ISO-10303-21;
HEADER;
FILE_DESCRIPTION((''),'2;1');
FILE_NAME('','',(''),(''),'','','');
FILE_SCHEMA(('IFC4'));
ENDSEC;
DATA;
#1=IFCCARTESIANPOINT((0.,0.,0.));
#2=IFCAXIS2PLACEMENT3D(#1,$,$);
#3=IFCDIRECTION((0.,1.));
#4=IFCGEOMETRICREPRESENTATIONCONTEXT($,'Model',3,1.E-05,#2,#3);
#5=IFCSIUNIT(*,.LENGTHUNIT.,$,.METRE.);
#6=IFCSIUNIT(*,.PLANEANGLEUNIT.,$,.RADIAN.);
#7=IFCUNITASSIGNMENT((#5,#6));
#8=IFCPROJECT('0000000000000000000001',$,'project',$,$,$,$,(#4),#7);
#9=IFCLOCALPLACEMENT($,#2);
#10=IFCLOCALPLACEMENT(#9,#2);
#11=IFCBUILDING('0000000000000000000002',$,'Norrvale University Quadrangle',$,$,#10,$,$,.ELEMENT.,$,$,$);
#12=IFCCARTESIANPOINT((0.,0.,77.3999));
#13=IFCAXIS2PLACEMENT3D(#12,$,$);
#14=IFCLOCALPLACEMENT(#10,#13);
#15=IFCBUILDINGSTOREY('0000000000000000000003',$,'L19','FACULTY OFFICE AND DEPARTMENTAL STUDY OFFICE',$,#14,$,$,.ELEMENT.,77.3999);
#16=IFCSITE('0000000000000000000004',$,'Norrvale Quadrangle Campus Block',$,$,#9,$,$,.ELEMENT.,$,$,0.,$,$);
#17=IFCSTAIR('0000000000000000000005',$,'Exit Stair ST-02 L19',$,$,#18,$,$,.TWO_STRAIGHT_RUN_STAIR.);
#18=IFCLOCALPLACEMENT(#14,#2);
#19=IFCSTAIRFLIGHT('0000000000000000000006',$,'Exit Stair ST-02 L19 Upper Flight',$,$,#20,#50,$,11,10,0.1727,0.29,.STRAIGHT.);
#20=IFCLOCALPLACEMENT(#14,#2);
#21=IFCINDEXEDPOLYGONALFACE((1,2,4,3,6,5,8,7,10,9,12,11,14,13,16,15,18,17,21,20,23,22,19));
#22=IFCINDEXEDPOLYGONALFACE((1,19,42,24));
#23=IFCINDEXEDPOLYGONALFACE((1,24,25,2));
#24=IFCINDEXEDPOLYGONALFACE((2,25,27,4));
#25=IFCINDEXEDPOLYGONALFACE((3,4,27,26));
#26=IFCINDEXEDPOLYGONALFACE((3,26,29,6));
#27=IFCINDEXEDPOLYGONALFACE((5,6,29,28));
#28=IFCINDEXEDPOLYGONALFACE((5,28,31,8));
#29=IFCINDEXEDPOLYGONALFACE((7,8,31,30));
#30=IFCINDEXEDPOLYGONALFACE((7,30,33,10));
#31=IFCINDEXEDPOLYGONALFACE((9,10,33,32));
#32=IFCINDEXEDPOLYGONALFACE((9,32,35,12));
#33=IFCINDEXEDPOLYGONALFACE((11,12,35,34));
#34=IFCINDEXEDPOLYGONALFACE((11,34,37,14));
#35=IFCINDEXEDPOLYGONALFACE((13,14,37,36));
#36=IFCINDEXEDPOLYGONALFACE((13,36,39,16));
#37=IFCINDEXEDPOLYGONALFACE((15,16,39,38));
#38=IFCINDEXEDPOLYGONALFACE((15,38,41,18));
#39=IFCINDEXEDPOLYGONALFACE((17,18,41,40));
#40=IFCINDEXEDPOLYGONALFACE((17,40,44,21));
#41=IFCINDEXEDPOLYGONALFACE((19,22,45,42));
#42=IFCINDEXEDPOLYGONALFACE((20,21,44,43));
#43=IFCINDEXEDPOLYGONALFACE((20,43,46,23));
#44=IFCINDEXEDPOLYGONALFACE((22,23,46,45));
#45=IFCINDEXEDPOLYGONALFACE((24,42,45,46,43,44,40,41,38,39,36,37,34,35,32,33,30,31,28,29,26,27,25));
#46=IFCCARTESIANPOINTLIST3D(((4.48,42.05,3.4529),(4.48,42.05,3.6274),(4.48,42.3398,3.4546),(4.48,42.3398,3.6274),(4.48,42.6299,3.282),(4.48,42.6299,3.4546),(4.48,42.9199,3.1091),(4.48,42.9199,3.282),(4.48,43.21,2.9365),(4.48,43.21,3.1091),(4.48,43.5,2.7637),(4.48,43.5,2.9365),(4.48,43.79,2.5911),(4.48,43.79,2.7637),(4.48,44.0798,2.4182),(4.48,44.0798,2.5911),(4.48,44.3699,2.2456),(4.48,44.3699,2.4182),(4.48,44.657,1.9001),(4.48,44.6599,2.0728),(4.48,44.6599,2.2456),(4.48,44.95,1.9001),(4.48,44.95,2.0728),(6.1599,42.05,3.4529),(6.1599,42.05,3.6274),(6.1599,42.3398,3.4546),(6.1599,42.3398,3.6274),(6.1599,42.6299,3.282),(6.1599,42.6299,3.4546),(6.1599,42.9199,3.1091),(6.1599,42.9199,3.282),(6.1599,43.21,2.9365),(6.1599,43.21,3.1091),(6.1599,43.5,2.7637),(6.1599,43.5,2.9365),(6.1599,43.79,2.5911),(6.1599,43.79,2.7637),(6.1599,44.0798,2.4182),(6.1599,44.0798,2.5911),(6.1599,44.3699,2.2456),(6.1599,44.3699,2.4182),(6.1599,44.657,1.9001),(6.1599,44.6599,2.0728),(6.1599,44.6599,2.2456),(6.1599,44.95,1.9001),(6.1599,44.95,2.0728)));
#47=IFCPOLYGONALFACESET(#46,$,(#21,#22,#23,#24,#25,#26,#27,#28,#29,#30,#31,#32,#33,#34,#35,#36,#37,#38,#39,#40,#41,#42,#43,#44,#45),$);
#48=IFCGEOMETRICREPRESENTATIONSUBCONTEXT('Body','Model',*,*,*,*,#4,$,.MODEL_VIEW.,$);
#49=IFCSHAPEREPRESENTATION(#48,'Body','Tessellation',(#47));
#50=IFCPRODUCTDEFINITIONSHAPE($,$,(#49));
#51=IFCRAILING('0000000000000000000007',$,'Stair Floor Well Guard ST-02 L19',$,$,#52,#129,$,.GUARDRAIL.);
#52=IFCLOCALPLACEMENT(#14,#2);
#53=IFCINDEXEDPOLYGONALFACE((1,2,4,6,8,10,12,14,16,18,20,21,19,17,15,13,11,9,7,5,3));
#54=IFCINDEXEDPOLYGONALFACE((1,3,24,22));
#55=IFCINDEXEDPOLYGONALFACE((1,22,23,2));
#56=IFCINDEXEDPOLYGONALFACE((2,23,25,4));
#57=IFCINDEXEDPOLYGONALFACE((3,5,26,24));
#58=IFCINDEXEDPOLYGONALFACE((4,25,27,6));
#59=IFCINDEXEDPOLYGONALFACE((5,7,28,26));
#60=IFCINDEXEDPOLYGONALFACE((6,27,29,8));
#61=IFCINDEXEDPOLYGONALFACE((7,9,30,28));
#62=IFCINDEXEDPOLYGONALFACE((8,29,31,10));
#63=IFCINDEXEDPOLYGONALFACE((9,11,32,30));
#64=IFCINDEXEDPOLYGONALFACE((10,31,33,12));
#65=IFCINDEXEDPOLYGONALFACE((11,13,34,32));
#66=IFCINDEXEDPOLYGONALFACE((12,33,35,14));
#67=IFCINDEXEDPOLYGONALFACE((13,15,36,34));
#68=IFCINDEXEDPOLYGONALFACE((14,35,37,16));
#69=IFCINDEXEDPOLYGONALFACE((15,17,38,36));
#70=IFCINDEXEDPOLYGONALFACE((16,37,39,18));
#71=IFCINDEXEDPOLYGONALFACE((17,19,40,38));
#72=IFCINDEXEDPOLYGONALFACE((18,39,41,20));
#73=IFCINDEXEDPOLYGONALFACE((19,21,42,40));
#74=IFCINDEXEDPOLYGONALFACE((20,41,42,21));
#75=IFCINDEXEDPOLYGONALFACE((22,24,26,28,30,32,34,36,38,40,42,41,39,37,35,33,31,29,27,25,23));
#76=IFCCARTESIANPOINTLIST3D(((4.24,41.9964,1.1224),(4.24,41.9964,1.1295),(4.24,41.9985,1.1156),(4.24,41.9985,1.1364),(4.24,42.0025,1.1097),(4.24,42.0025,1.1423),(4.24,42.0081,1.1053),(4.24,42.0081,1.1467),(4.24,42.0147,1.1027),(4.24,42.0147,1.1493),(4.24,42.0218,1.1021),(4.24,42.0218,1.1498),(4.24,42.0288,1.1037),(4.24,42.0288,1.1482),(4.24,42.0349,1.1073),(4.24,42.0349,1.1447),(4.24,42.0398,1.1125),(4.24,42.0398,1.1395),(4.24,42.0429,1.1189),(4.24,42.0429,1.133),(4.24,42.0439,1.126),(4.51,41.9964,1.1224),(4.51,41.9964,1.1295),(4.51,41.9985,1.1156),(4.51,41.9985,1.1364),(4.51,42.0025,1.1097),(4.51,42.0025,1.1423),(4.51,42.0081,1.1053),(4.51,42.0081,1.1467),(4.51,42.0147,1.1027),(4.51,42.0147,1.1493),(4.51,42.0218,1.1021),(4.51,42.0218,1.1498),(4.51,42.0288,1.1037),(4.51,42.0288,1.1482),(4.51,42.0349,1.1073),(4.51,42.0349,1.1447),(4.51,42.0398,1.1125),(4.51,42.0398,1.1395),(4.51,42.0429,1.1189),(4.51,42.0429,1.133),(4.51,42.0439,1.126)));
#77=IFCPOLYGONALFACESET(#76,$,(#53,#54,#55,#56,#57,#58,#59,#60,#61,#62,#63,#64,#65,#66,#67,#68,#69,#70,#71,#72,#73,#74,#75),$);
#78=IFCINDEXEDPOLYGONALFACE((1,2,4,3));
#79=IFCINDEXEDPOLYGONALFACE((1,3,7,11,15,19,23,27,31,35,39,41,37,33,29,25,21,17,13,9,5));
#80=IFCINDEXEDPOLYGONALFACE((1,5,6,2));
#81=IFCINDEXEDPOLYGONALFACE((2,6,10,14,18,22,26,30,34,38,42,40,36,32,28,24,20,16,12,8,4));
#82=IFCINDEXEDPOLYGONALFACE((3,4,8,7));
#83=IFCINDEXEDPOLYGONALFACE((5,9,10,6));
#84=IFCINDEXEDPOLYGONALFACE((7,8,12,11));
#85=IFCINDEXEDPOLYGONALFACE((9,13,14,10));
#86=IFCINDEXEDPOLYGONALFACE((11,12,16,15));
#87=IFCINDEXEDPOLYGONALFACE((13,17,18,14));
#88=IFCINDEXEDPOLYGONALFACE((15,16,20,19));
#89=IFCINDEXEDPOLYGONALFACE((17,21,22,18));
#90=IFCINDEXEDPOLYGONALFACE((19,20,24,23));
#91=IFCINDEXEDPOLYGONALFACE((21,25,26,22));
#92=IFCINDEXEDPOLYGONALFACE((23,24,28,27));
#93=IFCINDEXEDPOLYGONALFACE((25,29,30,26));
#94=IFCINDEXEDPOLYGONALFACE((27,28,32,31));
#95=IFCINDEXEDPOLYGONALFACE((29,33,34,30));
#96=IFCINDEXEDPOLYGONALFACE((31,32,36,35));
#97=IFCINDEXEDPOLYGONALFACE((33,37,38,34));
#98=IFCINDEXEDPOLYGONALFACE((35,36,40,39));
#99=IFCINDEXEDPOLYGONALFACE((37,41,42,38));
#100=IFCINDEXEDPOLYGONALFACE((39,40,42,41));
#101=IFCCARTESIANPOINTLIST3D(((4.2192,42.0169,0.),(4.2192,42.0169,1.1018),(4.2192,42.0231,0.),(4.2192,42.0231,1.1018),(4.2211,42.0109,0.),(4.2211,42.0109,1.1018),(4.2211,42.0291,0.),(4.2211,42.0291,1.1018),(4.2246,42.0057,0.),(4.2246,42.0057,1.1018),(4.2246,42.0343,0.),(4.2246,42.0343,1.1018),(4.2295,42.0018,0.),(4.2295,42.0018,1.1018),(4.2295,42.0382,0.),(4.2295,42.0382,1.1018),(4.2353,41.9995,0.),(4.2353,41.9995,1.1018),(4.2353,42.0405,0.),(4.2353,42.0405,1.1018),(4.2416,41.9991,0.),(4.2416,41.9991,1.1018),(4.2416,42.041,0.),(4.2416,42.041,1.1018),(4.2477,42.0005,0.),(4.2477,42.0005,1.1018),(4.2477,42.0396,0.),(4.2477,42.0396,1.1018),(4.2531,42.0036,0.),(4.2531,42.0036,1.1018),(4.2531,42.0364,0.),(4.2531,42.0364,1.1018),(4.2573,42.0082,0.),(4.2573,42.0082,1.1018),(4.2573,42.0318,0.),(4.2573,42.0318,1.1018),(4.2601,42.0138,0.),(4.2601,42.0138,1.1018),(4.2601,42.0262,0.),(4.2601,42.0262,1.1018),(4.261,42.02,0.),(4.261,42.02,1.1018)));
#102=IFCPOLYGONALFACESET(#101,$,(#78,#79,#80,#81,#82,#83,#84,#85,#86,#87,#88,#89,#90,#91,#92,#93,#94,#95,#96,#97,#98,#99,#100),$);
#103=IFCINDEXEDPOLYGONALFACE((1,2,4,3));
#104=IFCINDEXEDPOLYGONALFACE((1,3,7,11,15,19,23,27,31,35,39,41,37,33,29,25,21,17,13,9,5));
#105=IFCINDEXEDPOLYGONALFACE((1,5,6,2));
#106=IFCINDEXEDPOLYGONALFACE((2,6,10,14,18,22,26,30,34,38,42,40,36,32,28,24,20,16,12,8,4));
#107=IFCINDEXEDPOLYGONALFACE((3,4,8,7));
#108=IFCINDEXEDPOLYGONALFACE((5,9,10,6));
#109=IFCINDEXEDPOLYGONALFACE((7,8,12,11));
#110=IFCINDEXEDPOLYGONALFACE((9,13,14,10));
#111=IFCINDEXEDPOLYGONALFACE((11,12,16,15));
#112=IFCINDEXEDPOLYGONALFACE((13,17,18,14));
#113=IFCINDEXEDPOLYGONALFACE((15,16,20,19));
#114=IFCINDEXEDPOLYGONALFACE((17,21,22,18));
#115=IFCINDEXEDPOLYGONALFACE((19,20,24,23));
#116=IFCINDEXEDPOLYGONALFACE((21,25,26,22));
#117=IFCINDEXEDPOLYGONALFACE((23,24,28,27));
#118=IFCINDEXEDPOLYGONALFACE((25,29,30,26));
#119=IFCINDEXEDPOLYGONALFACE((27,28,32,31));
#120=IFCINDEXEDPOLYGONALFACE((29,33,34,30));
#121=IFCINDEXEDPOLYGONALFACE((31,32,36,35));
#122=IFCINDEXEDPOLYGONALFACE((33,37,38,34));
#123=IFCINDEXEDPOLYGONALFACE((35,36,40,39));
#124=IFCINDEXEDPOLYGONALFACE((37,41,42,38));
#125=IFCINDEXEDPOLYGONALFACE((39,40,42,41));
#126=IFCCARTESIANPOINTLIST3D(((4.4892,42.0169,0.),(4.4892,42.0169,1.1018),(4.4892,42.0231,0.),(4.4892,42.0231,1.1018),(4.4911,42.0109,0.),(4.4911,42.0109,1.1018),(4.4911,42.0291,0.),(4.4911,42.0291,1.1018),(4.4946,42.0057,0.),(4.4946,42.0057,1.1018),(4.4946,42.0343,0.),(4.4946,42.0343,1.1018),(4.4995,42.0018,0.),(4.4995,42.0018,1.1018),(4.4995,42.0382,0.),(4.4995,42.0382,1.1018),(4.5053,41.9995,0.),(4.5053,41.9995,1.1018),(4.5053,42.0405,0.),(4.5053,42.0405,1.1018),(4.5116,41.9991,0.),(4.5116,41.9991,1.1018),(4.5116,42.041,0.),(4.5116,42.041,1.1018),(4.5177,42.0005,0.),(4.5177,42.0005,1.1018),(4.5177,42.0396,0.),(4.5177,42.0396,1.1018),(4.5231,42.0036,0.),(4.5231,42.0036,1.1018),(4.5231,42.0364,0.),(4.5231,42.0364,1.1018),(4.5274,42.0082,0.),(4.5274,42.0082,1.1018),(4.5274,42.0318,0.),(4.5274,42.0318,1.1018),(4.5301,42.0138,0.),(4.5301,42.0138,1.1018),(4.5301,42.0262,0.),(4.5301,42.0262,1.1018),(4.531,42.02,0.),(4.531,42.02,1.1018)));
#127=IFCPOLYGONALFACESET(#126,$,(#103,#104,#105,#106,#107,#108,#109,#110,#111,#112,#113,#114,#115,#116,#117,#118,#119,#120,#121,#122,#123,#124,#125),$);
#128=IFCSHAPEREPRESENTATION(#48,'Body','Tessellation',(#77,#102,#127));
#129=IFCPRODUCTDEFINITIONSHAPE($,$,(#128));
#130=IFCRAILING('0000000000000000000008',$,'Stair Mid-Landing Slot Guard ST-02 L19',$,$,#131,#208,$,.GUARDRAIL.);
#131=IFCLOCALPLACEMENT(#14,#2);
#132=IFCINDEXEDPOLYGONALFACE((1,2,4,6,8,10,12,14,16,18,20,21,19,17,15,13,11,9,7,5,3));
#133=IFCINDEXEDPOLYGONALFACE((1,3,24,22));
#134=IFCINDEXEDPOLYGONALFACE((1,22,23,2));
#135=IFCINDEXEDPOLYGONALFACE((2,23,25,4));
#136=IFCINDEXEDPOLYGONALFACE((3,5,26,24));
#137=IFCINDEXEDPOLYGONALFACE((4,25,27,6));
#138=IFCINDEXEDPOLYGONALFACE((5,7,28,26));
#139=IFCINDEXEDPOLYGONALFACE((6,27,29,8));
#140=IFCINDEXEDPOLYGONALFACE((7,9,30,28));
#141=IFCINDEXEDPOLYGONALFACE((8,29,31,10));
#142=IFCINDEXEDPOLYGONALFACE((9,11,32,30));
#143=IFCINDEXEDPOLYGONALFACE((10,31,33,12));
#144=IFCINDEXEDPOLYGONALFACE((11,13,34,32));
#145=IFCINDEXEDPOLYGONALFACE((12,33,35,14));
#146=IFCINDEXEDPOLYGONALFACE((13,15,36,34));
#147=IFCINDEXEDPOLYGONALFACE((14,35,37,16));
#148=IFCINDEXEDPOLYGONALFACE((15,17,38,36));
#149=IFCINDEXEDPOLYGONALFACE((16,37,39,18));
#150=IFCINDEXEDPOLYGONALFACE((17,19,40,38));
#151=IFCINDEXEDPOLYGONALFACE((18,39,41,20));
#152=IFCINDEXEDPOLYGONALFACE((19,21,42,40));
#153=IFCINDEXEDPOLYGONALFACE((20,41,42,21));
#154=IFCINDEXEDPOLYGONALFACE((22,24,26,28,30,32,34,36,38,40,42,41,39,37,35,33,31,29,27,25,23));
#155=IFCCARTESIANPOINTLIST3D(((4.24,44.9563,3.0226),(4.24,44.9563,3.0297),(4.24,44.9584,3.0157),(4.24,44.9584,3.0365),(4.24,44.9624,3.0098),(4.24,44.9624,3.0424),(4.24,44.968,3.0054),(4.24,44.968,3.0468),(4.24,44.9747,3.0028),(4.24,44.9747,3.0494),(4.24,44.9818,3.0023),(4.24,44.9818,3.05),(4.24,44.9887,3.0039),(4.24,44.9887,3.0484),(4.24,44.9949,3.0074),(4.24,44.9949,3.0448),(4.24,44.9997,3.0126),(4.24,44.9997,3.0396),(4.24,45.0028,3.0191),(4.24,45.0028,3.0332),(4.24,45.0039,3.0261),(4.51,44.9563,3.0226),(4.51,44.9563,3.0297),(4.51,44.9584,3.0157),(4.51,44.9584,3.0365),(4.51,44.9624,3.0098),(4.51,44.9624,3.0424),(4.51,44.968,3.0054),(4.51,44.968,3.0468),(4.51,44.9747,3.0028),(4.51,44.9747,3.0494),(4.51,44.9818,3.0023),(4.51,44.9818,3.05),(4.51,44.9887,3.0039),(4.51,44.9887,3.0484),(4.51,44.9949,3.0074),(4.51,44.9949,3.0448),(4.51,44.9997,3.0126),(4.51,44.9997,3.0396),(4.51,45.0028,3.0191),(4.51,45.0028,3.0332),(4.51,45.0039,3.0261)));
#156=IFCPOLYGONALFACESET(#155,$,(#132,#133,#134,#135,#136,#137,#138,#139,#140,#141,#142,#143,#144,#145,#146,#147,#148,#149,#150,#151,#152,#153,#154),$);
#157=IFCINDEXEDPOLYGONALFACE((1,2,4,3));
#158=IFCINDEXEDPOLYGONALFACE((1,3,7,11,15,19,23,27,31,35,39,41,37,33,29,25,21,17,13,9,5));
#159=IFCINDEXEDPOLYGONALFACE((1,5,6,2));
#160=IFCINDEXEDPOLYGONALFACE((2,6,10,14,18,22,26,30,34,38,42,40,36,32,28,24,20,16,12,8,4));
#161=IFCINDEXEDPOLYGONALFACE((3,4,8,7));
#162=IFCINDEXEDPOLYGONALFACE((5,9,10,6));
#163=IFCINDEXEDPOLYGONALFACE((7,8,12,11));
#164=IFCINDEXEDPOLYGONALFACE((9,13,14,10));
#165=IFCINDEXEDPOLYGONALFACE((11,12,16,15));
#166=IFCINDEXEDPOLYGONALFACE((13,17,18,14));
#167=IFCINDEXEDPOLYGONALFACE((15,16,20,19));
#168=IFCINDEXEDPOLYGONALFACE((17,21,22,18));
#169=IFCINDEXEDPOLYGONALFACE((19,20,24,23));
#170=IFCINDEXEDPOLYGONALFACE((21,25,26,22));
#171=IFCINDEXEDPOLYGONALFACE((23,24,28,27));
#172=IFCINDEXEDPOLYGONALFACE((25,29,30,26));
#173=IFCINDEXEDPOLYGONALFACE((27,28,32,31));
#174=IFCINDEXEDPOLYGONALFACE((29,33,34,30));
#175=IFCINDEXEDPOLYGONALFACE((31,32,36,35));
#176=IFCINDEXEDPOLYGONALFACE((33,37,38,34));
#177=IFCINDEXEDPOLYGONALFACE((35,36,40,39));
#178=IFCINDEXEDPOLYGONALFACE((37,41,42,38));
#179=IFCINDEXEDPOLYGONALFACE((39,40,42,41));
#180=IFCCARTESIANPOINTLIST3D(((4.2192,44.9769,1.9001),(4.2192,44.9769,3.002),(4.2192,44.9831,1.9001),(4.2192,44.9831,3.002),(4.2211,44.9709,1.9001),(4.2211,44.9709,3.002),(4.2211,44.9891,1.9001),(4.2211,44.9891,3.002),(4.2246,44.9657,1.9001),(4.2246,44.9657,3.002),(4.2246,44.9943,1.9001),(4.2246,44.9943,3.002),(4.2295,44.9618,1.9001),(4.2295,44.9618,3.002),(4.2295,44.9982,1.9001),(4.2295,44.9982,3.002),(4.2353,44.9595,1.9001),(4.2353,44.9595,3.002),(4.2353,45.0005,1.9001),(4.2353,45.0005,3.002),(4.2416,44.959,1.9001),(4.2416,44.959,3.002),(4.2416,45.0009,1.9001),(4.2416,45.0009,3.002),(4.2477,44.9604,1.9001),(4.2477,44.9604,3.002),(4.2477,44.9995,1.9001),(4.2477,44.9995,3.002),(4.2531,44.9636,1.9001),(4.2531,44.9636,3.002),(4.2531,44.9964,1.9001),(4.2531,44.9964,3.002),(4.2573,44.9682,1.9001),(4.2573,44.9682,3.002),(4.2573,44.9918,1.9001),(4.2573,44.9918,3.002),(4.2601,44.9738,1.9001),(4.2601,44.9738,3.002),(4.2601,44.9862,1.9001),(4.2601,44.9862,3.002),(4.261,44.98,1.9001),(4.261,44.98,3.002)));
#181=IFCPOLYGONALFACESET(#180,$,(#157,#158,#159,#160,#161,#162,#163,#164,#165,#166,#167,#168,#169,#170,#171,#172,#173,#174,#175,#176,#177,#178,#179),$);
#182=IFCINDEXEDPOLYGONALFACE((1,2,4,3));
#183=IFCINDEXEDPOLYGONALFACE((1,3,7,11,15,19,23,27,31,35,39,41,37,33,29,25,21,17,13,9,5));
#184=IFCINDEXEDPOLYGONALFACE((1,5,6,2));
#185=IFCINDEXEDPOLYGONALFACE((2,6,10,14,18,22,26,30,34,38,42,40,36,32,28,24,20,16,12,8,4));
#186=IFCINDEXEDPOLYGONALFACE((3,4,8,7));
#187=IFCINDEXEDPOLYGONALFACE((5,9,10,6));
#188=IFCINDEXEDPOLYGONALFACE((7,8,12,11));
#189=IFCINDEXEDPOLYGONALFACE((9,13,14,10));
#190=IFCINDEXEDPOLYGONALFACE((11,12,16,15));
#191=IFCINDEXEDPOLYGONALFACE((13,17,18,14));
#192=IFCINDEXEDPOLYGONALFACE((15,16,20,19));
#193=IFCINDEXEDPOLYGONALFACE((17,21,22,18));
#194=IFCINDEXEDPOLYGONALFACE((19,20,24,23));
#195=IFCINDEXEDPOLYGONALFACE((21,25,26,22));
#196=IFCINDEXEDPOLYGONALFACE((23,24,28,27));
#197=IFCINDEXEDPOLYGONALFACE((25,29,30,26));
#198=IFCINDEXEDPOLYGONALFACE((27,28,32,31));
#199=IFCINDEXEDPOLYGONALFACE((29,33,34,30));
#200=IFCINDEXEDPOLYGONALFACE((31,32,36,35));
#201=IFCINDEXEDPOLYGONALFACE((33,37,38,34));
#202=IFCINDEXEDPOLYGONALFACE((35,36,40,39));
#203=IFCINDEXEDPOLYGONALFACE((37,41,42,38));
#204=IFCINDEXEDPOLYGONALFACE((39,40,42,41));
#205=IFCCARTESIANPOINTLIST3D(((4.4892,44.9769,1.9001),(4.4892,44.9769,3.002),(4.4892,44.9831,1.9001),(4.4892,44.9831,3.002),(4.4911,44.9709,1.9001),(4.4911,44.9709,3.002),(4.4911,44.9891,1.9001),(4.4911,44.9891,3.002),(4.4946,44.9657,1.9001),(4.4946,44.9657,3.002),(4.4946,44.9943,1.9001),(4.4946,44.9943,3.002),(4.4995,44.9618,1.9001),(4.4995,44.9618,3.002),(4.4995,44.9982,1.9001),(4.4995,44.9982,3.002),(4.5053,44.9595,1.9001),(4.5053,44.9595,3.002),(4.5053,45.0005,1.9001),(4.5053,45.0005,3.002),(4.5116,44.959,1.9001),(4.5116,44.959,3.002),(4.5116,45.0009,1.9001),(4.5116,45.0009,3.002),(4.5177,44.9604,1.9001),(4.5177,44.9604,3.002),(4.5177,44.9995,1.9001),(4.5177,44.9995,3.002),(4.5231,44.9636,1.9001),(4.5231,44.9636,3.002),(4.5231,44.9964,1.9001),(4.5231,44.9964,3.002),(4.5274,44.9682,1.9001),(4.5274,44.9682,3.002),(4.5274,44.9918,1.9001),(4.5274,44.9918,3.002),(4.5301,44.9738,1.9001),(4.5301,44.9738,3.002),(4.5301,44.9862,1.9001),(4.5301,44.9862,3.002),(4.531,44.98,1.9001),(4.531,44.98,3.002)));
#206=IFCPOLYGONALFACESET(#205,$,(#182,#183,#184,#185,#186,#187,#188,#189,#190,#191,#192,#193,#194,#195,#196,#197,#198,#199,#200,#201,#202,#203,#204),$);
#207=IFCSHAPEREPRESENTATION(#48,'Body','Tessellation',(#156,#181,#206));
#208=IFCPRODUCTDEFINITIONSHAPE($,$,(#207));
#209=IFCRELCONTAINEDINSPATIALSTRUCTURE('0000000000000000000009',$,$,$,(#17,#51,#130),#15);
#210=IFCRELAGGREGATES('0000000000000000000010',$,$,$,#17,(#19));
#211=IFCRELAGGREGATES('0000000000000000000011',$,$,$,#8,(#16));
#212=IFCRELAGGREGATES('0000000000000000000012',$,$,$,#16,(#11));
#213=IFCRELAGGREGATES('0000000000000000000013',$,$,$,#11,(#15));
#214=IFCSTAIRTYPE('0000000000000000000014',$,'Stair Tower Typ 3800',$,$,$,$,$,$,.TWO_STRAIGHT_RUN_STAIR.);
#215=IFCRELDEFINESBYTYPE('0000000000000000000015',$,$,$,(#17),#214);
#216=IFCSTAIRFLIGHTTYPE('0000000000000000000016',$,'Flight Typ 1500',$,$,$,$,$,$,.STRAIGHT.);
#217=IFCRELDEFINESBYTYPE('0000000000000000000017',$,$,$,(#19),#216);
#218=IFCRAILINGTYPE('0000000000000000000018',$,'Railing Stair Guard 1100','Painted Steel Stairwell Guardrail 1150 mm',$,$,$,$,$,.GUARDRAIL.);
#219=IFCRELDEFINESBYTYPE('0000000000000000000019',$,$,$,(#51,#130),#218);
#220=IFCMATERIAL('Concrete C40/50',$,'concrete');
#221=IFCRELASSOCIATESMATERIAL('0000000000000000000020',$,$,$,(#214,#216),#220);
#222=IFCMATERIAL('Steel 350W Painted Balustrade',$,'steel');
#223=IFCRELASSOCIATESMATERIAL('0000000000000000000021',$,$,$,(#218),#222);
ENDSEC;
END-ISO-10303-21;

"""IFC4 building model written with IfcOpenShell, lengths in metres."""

from ifc_helpers import new_model, si_unit, direction, frame, origin, origin_2d, place, context, subcontext, project, spatial, polyline, circle, outline, extrude, material, type_object, element, aggregate, save


model = new_model("IFC4")

# Units and contexts
model_context = context("Model", 3, precision=1e-05, world=origin(), true_north=direction((0.0, 1.0)))
body_context = subcontext(model_context, "Body", "Model", "MODEL_VIEW")
ifc_project = project(units=[si_unit("LENGTHUNIT", "METRE"), si_unit("PLANEANGLEUNIT", "RADIAN")], contexts=[model_context])

# Site, building, storey
site_placement = place(None, origin())
site = spatial("IfcSite", under=ifc_project, at=site_placement, Name="Norrvale Quadrangle Campus Block", CompositionType="ELEMENT", RefElevation=0.0)
building_placement = place(site_placement, origin())
building = spatial("IfcBuilding", under=site, at=building_placement, Name="Norrvale University Quadrangle", CompositionType="ELEMENT")
storey_placement = place(building_placement, frame((0.0, 0.0, 77.3999)))
storey = spatial("IfcBuildingStorey", under=building, at=storey_placement, Name="L19", Description="FACULTY OFFICE AND DEPARTMENTAL STUDY OFFICE", CompositionType="ELEMENT", Elevation=77.3999)

# Stair, stair flight
ifc_material_1 = material(Name="Concrete C40/50", Category="concrete")
stair_type = type_object("IfcStairType", Name="Stair Tower Typ 3800", PredefinedType="TWO_STRAIGHT_RUN_STAIR", material=ifc_material_1)
stair_placement = place(storey_placement, origin())
stair = element("IfcStair", 1, at=stair_placement, inside=storey, type_object=stair_type, Name="Exit Stair ST-02 L19", PredefinedType="TWO_STRAIGHT_RUN_STAIR")
stair_flight_type = type_object("IfcStairFlightType", Name="Flight Typ 1500", PredefinedType="STRAIGHT", material=ifc_material_1)
stair_flight_1_placement = place(storey_placement, frame((5.3201, 44.95, 1.9001), z_axis=(0.0, 0.0, 1.0), x_axis=(0.0, -1.0, 0.0)))
stair_flight_1 = element("IfcStairFlight", 2, at=stair_flight_1_placement, type_object=stair_flight_type, Name="Exit Stair ST-02 L19 Upper Flight", NumberOfRisers=11, NumberOfTreads=10, PredefinedType="STRAIGHT", RiserHeight=0.1727, TreadLength=0.29, context=body_context, shape_type="SweptSolid", body=[
    extrude(outline(polyline([(0.0, 0.0), (0.0, 0.1726), (0.29, 0.1726), (0.29, 0.3455), (0.5801, 0.3455), (0.5801, 0.5181), (0.8701, 0.5181), (0.8701, 0.6909), (1.1599, 0.6909), (1.1599, 0.8635), (1.45, 0.8635), (1.45, 1.0364), (1.74, 1.0364), (1.74, 1.209), (2.03, 1.209), (2.03, 1.3818), (2.3201, 1.3818), (2.3201, 1.5544), (2.6101, 1.5544), (2.6101, 1.7273), (2.8999, 1.7273), (2.8999, 1.8999), (2.8999, 1.5527), (0.293, 0.0), (0.0, 0.0)])), frame((0.0, 0.8398, 0.0), z_axis=(0.0, -1.0, 0.0), x_axis=(1.0, 0.0, 0.0)), (0.0, 0.0, 1.0), 1.6799),
])
aggregate(stair, [stair_flight_1])

# Railings
ifc_material_2 = material(Name="Steel 350W Painted Balustrade", Category="steel")
railing_type_1 = type_object("IfcRailingType", Name="Railing Stair Guard 1100", Description="Painted Steel Stairwell Guardrail 1150 mm", PredefinedType="GUARDRAIL", material=ifc_material_2)
for number, where, name in (
    (3, (4.24, 42.02, 0.0), "Stair Floor Well Guard ST-02 L19"),
    (4, (4.24, 44.98, 1.9001), "Stair Mid-Landing Slot Guard ST-02 L19"),
):
    element("IfcRailing", number, at=place(storey_placement, frame(where)), inside=storey, type_object=railing_type_1, Name=name, PredefinedType="GUARDRAIL", context=body_context, shape_type="SweptSolid", body=[
        extrude(circle(Radius=0.0239, at=origin_2d()), frame((0.0, 0.0, 1.126), z_axis=(1.0, 0.0, 0.0), x_axis=(0.0, 1.0, 0.0)), (0.0, 0.0, 1.0), 0.27),
        extrude(circle(Radius=0.021, at=origin_2d()), origin(), (0.0, 0.0, 1.0), 1.1018),
        extrude(circle(Radius=0.021, at=origin_2d()), frame((0.27, 0.0, 0.0)), (0.0, 0.0, 1.0), 1.1018),
    ])

save(model, "model.ifc")
